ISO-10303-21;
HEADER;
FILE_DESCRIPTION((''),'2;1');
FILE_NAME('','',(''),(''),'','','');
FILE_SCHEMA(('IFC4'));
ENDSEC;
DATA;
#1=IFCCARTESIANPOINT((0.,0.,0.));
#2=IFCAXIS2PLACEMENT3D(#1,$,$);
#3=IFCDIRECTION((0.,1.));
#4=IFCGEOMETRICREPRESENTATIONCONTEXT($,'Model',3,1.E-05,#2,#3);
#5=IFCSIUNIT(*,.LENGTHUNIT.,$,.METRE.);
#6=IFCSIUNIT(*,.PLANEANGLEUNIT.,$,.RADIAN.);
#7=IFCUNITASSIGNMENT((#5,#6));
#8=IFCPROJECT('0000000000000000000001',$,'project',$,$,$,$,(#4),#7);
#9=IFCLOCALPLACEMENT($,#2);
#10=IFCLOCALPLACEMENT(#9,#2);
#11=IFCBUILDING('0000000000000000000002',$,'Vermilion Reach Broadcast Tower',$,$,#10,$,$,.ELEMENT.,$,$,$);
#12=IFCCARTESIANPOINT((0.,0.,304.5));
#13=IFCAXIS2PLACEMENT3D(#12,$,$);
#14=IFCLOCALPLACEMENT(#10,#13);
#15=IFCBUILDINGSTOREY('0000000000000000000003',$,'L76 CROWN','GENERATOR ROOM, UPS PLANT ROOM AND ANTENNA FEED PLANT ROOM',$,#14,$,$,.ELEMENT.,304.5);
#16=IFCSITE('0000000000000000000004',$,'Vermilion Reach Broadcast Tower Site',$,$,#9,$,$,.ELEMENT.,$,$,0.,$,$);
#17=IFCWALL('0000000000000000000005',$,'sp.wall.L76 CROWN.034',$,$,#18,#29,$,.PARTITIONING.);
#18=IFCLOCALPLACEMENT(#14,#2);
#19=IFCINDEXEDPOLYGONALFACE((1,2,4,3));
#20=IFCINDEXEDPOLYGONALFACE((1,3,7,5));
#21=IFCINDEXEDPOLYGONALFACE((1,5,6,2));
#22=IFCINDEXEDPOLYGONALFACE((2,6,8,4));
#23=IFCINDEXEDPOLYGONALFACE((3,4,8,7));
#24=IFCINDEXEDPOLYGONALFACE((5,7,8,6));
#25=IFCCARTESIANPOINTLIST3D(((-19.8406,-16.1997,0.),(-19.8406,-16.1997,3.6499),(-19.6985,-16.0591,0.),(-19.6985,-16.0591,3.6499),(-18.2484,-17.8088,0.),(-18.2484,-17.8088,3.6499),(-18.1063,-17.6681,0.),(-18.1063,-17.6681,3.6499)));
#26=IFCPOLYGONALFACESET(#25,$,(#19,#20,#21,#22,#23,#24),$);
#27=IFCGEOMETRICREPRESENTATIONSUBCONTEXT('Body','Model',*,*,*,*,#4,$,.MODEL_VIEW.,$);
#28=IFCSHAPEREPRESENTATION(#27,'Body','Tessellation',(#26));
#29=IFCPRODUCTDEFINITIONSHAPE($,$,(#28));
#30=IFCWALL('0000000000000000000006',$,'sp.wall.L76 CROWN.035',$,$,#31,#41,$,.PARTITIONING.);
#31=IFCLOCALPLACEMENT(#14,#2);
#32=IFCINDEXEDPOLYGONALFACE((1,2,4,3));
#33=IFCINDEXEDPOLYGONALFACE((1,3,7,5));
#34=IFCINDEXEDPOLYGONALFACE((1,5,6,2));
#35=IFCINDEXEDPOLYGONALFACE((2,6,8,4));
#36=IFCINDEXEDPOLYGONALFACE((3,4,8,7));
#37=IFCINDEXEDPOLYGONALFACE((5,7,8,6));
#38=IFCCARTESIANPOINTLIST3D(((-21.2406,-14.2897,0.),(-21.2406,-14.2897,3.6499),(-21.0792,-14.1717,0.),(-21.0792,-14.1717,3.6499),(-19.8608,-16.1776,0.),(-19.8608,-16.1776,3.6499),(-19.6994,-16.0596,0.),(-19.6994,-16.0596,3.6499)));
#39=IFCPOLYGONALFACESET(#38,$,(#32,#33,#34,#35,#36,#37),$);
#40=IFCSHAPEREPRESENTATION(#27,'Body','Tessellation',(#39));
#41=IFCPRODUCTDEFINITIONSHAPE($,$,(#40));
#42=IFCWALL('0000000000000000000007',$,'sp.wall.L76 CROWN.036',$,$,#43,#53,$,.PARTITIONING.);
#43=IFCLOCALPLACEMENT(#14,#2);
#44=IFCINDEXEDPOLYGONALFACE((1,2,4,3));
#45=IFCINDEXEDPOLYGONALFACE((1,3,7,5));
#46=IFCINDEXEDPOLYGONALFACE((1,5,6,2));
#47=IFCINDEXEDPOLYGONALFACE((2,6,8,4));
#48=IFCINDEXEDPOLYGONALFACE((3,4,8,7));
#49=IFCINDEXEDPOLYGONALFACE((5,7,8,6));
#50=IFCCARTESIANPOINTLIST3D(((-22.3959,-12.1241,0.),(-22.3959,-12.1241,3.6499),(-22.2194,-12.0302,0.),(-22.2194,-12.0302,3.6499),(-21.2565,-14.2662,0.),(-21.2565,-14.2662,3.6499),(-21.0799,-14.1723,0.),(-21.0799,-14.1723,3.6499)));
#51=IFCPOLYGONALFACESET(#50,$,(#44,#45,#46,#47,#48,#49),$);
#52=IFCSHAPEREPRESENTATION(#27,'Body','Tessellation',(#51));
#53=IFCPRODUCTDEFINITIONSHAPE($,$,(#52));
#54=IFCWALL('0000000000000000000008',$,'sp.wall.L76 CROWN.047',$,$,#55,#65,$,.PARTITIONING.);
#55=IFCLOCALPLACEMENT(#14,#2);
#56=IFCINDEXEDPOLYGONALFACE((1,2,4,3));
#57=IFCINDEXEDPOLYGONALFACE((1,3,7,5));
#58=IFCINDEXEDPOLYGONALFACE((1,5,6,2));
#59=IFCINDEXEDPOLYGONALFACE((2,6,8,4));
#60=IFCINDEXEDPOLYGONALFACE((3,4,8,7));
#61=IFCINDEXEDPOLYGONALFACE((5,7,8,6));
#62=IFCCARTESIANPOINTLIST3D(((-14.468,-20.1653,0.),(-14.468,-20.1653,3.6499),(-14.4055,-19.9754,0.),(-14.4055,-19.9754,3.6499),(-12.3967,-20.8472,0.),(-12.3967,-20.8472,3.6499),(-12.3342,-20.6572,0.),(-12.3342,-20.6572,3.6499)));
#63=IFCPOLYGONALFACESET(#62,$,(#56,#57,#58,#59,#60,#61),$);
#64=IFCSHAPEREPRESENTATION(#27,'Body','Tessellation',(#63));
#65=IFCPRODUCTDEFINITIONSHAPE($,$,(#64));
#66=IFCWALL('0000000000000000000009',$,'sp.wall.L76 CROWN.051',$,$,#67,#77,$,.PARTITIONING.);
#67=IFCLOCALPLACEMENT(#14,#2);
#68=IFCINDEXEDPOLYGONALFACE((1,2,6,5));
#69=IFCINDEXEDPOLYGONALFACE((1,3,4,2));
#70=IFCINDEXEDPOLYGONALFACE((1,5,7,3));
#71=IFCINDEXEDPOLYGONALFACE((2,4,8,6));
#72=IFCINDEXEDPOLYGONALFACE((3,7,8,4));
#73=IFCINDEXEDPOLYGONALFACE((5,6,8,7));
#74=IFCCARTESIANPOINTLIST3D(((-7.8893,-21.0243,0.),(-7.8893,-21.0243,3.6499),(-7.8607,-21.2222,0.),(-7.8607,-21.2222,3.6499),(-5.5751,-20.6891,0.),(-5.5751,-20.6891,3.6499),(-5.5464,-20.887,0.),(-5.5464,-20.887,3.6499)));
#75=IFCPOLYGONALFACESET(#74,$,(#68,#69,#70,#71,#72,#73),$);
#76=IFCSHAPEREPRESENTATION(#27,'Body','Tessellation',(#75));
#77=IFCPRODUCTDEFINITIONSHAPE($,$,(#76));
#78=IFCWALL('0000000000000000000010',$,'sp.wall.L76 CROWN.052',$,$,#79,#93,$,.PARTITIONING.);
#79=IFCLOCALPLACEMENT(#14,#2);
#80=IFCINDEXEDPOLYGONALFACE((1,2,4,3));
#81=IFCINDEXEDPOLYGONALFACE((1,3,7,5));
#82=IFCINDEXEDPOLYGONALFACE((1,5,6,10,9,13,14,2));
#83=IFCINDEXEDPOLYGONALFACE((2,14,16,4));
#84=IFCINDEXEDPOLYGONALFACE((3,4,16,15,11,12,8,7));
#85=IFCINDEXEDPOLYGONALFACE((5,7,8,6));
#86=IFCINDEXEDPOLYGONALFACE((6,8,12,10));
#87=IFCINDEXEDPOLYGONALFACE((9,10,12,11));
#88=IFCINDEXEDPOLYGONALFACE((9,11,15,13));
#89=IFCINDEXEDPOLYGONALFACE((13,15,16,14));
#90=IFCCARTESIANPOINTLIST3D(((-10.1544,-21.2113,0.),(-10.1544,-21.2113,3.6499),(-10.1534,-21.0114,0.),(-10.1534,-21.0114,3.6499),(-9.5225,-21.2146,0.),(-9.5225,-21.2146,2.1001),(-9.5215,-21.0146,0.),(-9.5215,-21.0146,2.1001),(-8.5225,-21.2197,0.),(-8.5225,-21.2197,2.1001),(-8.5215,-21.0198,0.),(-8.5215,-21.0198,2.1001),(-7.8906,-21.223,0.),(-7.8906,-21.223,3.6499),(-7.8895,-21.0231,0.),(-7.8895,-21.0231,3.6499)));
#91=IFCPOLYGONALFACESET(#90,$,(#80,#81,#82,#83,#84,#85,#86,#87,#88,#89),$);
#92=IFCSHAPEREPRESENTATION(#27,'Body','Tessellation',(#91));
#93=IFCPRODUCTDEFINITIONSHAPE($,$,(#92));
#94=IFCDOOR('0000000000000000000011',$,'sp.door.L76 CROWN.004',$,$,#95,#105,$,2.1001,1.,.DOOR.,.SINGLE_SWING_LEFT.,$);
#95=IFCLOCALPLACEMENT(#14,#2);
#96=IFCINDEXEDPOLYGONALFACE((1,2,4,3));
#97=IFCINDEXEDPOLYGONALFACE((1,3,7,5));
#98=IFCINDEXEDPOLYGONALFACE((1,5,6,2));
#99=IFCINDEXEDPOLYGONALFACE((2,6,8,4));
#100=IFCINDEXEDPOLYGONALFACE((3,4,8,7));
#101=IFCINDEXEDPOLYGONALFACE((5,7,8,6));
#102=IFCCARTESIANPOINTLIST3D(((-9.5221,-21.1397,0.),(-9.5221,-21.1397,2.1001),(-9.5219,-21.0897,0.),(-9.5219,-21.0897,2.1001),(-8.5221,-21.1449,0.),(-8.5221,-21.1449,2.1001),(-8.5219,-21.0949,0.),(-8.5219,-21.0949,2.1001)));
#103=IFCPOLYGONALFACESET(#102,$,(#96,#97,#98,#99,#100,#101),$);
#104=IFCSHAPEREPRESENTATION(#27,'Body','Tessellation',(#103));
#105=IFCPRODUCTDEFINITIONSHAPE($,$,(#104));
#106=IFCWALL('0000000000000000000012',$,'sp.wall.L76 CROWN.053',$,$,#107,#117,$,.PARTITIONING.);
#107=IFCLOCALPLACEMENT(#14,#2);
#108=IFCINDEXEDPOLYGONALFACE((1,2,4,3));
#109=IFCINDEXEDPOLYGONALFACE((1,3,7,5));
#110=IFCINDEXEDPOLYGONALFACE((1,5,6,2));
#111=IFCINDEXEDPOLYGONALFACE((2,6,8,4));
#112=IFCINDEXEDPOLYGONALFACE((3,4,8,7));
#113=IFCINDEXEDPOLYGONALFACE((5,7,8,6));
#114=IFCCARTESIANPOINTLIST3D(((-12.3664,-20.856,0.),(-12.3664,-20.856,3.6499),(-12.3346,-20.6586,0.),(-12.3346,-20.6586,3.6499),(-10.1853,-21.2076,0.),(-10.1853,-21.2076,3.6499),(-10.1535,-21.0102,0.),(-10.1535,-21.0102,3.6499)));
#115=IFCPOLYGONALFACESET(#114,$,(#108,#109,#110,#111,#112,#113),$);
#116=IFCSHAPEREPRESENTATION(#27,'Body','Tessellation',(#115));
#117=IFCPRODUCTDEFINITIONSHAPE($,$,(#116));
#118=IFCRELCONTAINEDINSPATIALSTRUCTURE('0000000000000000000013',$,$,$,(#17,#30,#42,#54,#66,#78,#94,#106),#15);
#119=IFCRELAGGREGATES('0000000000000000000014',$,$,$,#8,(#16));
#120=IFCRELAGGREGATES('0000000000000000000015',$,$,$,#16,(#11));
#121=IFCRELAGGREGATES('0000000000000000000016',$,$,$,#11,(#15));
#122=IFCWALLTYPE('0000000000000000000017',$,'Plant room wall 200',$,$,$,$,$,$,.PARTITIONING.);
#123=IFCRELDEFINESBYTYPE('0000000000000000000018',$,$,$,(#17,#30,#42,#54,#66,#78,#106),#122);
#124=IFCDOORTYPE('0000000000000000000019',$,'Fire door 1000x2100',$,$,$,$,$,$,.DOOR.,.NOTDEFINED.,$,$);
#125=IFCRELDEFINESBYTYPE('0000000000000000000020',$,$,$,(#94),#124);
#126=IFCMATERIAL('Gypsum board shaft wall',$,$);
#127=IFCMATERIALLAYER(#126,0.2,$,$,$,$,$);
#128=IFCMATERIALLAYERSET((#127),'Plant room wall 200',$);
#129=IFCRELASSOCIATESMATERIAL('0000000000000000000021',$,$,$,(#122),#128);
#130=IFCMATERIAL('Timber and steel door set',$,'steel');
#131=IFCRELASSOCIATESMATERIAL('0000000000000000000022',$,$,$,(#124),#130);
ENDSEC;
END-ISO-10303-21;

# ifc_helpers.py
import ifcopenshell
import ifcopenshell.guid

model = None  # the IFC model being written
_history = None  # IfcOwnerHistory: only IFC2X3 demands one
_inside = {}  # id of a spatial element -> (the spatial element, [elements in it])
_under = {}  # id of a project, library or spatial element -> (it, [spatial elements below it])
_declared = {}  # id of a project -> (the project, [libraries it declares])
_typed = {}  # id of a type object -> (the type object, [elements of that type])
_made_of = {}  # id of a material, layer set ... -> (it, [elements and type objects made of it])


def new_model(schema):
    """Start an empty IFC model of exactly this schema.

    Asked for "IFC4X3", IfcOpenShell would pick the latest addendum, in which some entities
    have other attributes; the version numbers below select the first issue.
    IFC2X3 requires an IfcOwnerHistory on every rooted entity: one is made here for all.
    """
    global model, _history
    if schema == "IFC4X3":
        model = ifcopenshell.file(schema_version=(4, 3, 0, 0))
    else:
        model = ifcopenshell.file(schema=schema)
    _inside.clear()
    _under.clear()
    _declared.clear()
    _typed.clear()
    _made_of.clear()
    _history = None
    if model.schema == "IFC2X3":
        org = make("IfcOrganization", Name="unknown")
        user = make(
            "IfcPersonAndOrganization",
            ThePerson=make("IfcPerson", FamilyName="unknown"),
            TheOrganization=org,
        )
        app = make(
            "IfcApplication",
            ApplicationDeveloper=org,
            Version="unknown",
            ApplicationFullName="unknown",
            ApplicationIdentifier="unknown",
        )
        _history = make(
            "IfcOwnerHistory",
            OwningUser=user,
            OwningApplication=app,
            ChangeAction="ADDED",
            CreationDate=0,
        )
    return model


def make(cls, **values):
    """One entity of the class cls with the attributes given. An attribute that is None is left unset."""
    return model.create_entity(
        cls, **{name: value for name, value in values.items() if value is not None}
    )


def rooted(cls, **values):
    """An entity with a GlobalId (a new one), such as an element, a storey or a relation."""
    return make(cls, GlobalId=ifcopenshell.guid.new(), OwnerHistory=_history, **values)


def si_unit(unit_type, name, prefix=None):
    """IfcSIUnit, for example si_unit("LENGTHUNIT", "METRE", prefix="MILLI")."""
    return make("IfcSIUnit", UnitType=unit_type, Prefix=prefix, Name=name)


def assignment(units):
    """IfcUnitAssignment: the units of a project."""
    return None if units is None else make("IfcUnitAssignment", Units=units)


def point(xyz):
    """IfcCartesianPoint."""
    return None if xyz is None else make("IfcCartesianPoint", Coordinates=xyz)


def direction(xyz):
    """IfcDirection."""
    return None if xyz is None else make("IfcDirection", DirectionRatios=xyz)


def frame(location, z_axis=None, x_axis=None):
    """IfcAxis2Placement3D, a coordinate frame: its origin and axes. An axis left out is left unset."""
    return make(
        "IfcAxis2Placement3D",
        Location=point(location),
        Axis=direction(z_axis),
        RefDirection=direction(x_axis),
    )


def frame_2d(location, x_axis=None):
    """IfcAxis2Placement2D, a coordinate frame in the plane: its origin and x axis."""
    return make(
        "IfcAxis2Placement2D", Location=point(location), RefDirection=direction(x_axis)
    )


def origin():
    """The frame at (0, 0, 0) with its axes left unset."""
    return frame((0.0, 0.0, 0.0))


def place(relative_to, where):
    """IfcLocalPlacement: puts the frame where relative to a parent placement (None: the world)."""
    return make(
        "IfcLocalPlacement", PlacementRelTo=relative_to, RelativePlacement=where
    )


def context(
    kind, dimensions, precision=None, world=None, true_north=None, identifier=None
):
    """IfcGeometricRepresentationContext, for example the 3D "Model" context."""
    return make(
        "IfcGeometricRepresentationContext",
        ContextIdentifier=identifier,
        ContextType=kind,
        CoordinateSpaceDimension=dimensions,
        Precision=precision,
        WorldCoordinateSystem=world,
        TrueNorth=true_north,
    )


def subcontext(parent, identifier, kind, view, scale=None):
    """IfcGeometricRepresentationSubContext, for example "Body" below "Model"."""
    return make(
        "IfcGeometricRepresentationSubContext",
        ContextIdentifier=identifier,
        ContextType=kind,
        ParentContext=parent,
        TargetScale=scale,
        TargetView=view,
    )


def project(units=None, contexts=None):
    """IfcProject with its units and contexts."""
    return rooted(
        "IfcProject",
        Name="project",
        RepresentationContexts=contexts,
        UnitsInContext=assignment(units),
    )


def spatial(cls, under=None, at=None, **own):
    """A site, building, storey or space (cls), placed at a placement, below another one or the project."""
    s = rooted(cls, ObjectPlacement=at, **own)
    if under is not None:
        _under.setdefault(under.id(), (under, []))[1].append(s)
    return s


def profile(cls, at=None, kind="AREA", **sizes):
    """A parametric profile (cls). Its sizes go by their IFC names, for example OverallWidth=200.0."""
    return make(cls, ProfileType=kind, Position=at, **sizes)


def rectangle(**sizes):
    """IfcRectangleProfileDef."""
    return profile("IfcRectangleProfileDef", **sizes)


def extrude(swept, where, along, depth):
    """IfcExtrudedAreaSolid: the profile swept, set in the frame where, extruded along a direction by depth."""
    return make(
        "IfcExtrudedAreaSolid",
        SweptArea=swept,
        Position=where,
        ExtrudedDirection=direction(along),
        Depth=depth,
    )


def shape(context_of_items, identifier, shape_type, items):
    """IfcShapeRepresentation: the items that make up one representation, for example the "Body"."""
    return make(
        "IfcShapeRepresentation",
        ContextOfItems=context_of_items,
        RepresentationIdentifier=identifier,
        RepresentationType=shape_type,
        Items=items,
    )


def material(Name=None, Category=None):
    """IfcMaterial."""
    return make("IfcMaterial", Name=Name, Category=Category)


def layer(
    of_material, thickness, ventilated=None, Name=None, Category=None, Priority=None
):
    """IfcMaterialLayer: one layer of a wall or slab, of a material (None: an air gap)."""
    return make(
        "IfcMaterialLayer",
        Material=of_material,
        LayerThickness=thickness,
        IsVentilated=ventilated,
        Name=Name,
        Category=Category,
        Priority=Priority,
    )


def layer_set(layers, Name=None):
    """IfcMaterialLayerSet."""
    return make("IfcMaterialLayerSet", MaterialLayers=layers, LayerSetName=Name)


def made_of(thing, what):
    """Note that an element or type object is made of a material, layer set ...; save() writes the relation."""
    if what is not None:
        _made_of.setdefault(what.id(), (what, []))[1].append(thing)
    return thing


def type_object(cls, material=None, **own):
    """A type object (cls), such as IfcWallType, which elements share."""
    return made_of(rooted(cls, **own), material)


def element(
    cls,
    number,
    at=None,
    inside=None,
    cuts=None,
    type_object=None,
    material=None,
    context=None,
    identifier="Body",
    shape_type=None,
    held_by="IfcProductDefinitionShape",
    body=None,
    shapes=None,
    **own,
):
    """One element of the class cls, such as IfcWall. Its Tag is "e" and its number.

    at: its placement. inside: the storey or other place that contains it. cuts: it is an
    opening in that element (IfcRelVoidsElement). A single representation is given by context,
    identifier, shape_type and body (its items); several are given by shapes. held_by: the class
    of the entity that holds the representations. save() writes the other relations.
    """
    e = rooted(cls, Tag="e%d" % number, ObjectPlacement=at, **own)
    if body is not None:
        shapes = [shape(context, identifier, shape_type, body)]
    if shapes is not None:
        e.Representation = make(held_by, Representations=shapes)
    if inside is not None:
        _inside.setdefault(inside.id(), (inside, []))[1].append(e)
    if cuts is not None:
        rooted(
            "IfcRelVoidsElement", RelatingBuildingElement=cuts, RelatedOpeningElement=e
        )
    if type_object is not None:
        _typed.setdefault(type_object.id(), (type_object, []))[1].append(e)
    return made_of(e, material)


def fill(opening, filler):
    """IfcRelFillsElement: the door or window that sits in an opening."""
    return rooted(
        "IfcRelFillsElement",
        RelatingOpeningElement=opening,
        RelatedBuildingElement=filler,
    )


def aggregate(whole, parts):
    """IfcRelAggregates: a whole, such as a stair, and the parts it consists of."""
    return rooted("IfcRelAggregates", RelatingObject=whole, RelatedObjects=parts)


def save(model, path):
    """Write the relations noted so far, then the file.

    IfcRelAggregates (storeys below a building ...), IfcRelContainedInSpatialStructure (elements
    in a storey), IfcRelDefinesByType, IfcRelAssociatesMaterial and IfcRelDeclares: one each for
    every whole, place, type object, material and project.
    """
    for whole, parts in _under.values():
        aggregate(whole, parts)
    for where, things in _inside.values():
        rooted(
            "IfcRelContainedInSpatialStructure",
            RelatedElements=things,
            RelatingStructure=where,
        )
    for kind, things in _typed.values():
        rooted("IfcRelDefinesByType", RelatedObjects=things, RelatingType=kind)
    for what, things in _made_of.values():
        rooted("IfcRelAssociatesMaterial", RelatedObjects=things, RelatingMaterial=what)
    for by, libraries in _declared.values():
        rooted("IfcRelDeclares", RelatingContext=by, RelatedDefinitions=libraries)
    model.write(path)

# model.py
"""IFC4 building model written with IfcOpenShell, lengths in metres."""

from ifc_helpers import new_model, si_unit, direction, frame, frame_2d, origin, place, context, subcontext, project, spatial, rectangle, extrude, material, layer, layer_set, type_object, element, fill, save


model = new_model("IFC4")

# Units and contexts
model_context = context("Model", 3, precision=1e-05, world=origin(), true_north=direction((0.0, 1.0)))
body_context = subcontext(model_context, "Body", "Model", "MODEL_VIEW")
ifc_project = project(units=[si_unit("LENGTHUNIT", "METRE"), si_unit("PLANEANGLEUNIT", "RADIAN")], contexts=[model_context])

# Site, building, storey
site_placement = place(None, origin())
site = spatial("IfcSite", under=ifc_project, at=site_placement, Name="Vermilion Reach Broadcast Tower Site", CompositionType="ELEMENT", RefElevation=0.0)
building_placement = place(site_placement, origin())
building = spatial("IfcBuilding", under=site, at=building_placement, Name="Vermilion Reach Broadcast Tower", CompositionType="ELEMENT")
storey_placement = place(building_placement, frame((0.0, 0.0, 304.5)))
storey = spatial("IfcBuildingStorey", under=building, at=storey_placement, Name="L76 CROWN", Description="GENERATOR ROOM, UPS PLANT ROOM AND ANTENNA FEED PLANT ROOM", CompositionType="ELEMENT", Elevation=304.5)

# Walls
ifc_material_1 = material(Name="Gypsum board shaft wall")
ifc_layer_1 = layer(ifc_material_1, 0.2)
ifc_layer_set_1 = layer_set([ifc_layer_1], Name="Plant room wall 200")
wall_type_1 = type_object("IfcWallType", Name="Plant room wall 200", PredefinedType="PARTITIONING", material=ifc_layer_set_1)
wall_1_placement = place(storey_placement, frame((-19.7695, -16.1294, 0.0), z_axis=(0.0, 0.0, 1.0), x_axis=(0.703376, -0.710818, 0.0)))
element("IfcWall", 1, at=wall_1_placement, inside=storey, type_object=wall_type_1, Name="sp.wall.L76 CROWN.034", PredefinedType="PARTITIONING", context=body_context, shape_type="SweptSolid", body=[
    extrude(rectangle(XDim=2.2637, YDim=0.2, at=frame_2d((1.1318, 0.0))), origin(), (0.0, 0.0, 1.0), 3.6499),
])
wall_2_placement = place(storey_placement, frame((-21.1599, -14.2307, 0.0), z_axis=(0.0, 0.0, 1.0), x_axis=(0.590082, -0.807343, 0.0)))
element("IfcWall", 2, at=wall_2_placement, inside=storey, type_object=wall_type_1, Name="sp.wall.L76 CROWN.035", PredefinedType="PARTITIONING", context=body_context, shape_type="SweptSolid", body=[
    extrude(rectangle(XDim=2.3384, YDim=0.2, at=frame_2d((1.1692, 0.0))), origin(), (0.0, 0.0, 1.0), 3.6499),
])
wall_3_placement = place(storey_placement, frame((-22.3076, -12.0771, 0.0), z_axis=(0.0, 0.0, 1.0), x_axis=(0.469611, -0.882873, 0.0)))
element("IfcWall", 3, at=wall_3_placement, inside=storey, type_object=wall_type_1, Name="sp.wall.L76 CROWN.036", PredefinedType="PARTITIONING", context=body_context, shape_type="SweptSolid", body=[
    extrude(rectangle(XDim=2.4263, YDim=0.2, at=frame_2d((1.2131, 0.0))), origin(), (0.0, 0.0, 1.0), 3.6499),
])
wall_4_placement = place(storey_placement, frame((-14.4368, -20.0703, 0.0), z_axis=(0.0, 0.0, 1.0), x_axis=(0.949852, -0.312699, 0.0)))
element("IfcWall", 4, at=wall_4_placement, inside=storey, type_object=wall_type_1, Name="sp.wall.L76 CROWN.047", PredefinedType="PARTITIONING", context=body_context, shape_type="SweptSolid", body=[
    extrude(rectangle(XDim=2.1807, YDim=0.2, at=frame_2d((1.0903, 0.0))), origin(), (0.0, 0.0, 1.0), 3.6499),
])
wall_5_placement = place(storey_placement, frame((-7.875, -21.1233, 0.0), z_axis=(0.0, 0.0, 1.0), x_axis=(0.989672, 0.143351, 0.0)))
element("IfcWall", 5, at=wall_5_placement, inside=storey, type_object=wall_type_1, Name="sp.wall.L76 CROWN.051", PredefinedType="PARTITIONING", context=body_context, shape_type="SweptSolid", body=[
    extrude(rectangle(XDim=2.3384, YDim=0.2, at=frame_2d((1.1692, 0.0))), origin(), (0.0, 0.0, 1.0), 3.6499),
])

# Wall, opening, door
wall_6_placement = place(storey_placement, frame((-10.1538, -21.1113, 0.0), z_axis=(0.0, 0.0, 1.0), x_axis=(0.999987, -0.005176, 0.0)))
wall_6 = element("IfcWall", 6, at=wall_6_placement, inside=storey, type_object=wall_type_1, Name="sp.wall.L76 CROWN.052", PredefinedType="PARTITIONING", context=body_context, shape_type="SweptSolid", body=[
    extrude(rectangle(XDim=2.2639, YDim=0.2, at=frame_2d((1.1318, 0.0))), origin(), (0.0, 0.0, 1.0), 3.6499),
])
opening_placement = place(wall_6_placement, frame((0.6318, 0.0, 0.0)))
opening = element("IfcOpeningElement", 7, at=opening_placement, cuts=wall_6, PredefinedType="OPENING", context=body_context, shape_type="SweptSolid", body=[
    extrude(rectangle(XDim=1.0, YDim=2.1001, at=frame_2d((0.5, 1.05))), frame((0.0, 0.1099, 0.0), z_axis=(0.0, -1.0, 0.0), x_axis=(1.0, 0.0, 0.0)), (0.0, 0.0, 1.0), 0.22),
])
ifc_material_2 = material(Name="Timber and steel door set", Category="steel")
door_type = type_object("IfcDoorType", Name="Fire door 1000x2100", OperationType="NOTDEFINED", PredefinedType="DOOR", material=ifc_material_2)
door_placement = place(opening_placement, origin())
door = element("IfcDoor", 8, at=door_placement, inside=storey, type_object=door_type, Name="sp.door.L76 CROWN.004", OperationType="SINGLE_SWING_LEFT", OverallHeight=2.1001, OverallWidth=1.0, PredefinedType="DOOR", context=body_context, shape_type="SweptSolid", body=[
    extrude(rectangle(XDim=1.0, YDim=2.1001, at=frame_2d((0.5, 1.05))), frame((0.0, 0.0249, 0.0), z_axis=(0.0, -1.0, 0.0), x_axis=(1.0, 0.0, 0.0)), (0.0, 0.0, 1.0), 0.05),
])
fill(opening, door)

# Wall
wall_7_placement = place(storey_placement, frame((-12.3503, -20.7573, 0.0), z_axis=(0.0, 0.0, 1.0), x_axis=(0.987258, -0.159128, 0.0)))
element("IfcWall", 9, at=wall_7_placement, inside=storey, type_object=wall_type_1, Name="sp.wall.L76 CROWN.053", PredefinedType="PARTITIONING", context=body_context, shape_type="SweptSolid", body=[
    extrude(rectangle(XDim=2.2092, YDim=0.2, at=frame_2d((1.1045, 0.0))), origin(), (0.0, 0.0, 1.0), 3.6499),
])

save(model, "model.ifc")
